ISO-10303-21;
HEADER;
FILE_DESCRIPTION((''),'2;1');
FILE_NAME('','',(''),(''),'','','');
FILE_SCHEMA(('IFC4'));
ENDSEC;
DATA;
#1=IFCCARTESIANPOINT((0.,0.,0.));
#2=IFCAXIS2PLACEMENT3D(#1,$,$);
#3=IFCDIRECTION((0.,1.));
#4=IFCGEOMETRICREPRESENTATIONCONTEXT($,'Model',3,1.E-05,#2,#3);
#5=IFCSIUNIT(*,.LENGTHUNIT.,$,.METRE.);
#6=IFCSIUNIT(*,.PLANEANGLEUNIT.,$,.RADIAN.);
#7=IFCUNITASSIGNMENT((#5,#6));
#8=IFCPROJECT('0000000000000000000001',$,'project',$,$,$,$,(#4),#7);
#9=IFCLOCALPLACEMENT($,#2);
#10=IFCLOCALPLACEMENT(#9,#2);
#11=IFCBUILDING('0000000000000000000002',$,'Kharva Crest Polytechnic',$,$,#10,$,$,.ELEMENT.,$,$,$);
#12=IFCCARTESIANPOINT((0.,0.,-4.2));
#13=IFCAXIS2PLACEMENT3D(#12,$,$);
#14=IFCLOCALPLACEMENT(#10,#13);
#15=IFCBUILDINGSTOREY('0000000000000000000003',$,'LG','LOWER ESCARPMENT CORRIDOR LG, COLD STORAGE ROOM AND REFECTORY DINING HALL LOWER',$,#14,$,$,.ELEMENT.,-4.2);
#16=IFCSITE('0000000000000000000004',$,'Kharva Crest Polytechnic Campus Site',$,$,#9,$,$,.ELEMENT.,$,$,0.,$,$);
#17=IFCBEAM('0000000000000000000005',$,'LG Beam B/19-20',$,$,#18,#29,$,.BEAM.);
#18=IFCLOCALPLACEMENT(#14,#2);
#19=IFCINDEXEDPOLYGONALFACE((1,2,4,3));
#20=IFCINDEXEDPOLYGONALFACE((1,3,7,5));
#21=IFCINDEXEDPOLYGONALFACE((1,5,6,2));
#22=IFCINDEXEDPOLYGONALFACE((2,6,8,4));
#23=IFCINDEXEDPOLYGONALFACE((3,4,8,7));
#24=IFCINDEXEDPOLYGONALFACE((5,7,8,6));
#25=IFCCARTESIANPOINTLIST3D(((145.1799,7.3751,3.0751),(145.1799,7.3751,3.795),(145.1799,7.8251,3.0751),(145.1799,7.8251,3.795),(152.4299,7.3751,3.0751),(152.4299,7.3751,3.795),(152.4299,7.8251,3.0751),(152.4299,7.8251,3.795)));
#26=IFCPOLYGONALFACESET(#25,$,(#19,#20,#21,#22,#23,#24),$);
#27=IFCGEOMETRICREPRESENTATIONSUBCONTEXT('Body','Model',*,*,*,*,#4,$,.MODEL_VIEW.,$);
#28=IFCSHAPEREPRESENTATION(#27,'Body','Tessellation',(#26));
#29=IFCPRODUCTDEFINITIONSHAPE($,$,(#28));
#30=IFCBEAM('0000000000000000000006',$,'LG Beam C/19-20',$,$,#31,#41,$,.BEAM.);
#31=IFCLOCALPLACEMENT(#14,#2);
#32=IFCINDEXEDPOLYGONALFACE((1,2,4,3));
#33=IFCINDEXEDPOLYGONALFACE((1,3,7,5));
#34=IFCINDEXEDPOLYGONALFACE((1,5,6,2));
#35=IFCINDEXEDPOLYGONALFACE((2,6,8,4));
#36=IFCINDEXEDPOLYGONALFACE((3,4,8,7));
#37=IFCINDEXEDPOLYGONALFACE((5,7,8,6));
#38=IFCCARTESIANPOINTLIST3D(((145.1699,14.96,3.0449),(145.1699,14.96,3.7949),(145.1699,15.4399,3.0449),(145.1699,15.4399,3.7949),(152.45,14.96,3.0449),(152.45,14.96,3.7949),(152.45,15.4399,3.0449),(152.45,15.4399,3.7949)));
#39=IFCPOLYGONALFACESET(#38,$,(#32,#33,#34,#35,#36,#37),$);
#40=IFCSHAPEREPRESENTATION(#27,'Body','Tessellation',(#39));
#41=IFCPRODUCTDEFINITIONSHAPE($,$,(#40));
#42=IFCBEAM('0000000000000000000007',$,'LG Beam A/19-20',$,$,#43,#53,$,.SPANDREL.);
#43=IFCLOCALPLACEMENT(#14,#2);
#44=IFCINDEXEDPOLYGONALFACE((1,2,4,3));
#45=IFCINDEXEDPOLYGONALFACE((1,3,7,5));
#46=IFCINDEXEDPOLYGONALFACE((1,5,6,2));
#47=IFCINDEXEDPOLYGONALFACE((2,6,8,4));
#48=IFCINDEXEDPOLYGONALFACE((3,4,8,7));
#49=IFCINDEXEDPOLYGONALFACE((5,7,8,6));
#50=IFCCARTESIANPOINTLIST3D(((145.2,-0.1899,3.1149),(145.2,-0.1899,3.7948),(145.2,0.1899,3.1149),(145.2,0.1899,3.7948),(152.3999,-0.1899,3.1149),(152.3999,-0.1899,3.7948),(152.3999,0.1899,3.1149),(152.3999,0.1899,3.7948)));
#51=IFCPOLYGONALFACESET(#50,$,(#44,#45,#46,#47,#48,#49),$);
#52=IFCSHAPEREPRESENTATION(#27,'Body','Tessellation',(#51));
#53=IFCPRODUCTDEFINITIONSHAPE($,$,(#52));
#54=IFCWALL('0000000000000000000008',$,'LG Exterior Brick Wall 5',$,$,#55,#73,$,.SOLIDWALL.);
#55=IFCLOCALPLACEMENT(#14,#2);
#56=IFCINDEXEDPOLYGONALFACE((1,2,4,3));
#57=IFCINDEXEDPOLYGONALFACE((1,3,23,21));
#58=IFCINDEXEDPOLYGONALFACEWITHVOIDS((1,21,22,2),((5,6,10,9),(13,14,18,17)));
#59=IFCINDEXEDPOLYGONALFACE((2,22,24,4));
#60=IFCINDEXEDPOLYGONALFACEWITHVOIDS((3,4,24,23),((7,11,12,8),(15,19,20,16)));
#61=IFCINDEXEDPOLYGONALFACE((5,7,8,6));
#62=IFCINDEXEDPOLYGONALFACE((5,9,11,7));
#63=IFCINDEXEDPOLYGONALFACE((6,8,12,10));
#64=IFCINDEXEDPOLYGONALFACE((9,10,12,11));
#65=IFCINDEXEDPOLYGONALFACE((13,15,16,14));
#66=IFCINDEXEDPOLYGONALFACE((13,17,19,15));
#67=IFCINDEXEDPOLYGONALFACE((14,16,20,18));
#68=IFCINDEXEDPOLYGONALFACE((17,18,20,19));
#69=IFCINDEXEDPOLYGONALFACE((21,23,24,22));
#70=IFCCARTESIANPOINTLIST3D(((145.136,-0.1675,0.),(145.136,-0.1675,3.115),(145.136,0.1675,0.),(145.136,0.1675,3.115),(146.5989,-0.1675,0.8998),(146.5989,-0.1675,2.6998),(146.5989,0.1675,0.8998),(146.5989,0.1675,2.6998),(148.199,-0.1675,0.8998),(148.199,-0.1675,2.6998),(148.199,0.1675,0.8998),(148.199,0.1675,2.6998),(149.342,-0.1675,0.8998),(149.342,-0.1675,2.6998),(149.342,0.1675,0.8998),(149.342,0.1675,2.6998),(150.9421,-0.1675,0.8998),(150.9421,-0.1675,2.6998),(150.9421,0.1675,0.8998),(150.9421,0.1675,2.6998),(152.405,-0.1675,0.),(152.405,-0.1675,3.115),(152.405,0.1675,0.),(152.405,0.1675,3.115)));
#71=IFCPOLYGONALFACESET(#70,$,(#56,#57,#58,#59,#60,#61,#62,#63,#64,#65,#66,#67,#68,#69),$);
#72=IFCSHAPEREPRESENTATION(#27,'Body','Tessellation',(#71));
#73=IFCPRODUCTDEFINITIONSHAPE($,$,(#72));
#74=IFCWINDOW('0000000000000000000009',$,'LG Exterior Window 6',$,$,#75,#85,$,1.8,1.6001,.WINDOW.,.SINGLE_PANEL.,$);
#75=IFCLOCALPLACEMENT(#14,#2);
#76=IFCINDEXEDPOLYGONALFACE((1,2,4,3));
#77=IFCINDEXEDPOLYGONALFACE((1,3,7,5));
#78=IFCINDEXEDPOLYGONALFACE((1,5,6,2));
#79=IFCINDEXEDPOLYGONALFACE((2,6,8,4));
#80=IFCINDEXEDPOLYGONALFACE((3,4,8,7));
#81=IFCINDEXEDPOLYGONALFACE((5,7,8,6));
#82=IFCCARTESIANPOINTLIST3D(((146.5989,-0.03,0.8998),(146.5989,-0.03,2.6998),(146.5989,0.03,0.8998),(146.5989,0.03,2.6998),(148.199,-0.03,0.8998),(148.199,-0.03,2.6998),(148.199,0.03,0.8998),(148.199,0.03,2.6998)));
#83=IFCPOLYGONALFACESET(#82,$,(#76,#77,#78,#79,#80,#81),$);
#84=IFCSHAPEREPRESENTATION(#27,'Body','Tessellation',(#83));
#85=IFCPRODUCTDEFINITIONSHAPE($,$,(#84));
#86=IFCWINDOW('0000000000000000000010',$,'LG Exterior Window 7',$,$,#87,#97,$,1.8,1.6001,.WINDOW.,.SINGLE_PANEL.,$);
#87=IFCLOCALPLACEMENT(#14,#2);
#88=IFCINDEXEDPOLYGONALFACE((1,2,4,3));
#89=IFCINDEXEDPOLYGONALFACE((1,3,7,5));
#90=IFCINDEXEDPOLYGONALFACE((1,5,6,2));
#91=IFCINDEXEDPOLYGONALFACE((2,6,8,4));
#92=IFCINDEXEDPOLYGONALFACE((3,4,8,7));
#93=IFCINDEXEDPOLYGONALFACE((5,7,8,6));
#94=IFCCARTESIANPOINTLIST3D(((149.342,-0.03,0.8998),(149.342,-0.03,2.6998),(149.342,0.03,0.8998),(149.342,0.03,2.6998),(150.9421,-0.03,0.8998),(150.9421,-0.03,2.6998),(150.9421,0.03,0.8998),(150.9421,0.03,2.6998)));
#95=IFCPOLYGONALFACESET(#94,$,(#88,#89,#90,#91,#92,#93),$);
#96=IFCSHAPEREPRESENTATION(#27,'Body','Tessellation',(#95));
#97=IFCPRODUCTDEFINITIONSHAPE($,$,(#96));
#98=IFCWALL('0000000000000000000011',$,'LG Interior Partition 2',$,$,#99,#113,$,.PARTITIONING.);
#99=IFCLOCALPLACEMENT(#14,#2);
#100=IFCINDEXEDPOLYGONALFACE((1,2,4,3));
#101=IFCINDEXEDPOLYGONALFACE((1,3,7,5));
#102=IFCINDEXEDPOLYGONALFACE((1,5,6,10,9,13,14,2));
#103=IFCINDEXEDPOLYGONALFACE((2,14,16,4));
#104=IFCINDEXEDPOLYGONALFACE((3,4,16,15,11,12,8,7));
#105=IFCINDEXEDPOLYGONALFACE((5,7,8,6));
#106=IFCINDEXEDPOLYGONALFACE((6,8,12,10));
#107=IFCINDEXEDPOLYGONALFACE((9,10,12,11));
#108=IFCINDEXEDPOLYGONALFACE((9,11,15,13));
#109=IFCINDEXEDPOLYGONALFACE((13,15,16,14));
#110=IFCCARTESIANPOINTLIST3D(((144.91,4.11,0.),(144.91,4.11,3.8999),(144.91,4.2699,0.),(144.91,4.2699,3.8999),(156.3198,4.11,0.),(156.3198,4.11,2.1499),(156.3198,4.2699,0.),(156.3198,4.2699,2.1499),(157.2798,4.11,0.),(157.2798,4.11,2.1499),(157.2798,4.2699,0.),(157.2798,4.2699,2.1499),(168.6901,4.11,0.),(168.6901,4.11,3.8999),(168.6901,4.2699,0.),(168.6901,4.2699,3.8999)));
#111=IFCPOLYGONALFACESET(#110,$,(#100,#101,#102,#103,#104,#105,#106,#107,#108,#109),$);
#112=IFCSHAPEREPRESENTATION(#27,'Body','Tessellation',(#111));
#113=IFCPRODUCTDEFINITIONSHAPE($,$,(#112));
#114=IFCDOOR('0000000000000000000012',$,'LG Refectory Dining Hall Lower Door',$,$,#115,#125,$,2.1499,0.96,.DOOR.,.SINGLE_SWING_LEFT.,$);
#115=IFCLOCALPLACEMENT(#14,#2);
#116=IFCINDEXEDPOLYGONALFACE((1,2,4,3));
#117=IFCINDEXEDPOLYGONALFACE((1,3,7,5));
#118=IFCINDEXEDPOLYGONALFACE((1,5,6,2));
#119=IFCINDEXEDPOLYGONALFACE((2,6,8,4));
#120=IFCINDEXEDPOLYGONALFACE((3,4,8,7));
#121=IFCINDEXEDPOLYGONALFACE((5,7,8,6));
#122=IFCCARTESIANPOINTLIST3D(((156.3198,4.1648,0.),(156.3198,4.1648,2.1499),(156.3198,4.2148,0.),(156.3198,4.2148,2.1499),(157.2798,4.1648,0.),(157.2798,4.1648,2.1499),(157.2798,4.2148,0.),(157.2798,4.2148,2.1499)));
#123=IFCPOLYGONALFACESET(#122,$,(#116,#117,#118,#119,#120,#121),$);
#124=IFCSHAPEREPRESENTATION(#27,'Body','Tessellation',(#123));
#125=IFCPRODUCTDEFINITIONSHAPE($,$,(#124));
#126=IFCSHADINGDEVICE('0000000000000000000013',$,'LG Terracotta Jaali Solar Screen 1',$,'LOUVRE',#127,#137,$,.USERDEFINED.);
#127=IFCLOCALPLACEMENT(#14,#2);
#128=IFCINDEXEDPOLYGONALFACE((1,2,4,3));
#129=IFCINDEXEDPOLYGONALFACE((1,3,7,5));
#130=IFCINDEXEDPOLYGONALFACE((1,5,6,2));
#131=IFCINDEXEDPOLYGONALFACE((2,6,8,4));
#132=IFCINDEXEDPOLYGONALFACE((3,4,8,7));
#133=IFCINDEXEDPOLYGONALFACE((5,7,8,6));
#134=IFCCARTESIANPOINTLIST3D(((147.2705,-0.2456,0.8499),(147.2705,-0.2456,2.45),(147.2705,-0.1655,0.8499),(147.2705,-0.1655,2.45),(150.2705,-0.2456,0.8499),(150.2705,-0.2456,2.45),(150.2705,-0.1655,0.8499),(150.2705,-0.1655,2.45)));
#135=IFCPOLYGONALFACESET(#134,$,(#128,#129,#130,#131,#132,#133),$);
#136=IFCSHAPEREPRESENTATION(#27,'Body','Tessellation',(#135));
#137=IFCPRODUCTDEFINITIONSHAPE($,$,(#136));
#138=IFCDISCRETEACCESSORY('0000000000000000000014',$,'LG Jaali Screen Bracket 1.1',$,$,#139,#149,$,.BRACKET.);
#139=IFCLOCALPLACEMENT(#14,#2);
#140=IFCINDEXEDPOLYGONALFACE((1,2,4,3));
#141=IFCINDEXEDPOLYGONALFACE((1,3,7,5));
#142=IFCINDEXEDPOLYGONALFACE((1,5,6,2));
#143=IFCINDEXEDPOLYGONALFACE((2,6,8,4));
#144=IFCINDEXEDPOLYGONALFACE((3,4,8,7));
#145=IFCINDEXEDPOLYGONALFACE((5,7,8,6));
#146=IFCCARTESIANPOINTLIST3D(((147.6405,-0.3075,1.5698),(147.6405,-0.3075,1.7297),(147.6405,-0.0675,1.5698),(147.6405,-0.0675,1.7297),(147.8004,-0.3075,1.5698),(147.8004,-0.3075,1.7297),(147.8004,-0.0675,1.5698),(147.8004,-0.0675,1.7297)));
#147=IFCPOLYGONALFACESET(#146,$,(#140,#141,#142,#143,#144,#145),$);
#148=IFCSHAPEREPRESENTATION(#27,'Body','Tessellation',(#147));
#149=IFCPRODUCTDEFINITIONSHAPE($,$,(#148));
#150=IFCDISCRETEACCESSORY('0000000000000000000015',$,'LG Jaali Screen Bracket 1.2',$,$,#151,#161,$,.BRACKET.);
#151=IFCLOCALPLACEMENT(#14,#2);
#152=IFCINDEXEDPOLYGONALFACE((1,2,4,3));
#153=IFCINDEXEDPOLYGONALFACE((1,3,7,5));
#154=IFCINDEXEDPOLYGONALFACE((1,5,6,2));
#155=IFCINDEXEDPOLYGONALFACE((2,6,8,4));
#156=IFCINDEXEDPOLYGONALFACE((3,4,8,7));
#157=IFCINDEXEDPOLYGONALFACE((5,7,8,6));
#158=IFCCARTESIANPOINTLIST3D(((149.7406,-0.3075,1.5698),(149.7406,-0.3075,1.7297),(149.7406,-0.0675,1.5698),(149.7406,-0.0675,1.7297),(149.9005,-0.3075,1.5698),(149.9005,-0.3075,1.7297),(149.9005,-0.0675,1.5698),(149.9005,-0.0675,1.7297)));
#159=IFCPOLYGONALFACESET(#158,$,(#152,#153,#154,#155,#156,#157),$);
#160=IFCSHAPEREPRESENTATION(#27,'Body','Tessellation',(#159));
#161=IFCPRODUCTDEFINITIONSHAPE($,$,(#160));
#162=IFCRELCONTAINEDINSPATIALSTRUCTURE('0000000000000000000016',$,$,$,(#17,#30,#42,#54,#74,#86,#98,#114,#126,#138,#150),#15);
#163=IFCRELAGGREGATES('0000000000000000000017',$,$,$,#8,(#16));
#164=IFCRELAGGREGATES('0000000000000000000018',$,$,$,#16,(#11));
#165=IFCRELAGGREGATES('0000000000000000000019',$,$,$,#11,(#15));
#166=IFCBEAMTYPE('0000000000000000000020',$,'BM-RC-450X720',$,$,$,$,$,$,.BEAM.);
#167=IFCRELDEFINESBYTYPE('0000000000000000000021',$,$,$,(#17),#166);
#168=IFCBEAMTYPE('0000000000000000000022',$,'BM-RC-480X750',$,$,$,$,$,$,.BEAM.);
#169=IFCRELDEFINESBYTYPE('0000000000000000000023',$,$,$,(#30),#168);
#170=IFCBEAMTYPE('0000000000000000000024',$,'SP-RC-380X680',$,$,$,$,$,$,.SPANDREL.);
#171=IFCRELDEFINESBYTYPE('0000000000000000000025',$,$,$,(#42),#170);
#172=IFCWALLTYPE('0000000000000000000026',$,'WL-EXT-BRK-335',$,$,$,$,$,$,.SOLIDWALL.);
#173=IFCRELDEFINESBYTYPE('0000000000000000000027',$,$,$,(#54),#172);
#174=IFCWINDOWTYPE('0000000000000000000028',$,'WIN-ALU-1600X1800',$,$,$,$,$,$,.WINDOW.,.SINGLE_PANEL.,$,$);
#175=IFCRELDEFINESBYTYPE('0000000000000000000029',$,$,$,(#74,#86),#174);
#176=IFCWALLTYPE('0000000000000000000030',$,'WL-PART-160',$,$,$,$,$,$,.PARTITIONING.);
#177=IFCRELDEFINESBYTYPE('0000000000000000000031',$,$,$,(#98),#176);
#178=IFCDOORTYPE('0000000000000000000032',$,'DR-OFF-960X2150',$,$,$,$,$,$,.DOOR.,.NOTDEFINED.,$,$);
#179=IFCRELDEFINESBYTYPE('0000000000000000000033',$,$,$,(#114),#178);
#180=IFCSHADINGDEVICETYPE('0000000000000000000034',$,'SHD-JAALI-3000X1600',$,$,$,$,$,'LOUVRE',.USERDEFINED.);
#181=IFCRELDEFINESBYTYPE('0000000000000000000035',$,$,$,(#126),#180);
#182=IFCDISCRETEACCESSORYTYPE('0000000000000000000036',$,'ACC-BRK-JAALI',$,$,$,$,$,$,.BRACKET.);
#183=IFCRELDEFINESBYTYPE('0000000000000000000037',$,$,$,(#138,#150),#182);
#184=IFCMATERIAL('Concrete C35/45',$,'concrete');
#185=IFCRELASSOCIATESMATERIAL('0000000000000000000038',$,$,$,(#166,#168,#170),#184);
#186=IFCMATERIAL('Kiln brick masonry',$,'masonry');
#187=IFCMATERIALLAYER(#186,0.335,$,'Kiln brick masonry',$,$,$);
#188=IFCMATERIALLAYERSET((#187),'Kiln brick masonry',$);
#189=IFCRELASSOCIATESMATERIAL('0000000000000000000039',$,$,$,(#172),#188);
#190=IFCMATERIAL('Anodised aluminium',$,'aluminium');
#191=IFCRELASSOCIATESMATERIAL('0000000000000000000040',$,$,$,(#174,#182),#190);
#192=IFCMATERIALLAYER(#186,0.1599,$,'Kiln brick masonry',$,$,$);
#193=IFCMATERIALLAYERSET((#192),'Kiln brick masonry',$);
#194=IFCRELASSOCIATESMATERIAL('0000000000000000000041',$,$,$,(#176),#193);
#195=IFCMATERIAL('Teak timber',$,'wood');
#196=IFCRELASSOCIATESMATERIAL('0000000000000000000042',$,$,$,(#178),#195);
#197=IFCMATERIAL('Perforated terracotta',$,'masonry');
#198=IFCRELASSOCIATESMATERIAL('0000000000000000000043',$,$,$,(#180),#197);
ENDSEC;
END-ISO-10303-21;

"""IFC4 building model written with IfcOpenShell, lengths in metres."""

from ifc_helpers import new_model, si_unit, direction, frame, frame_2d, origin, origin_2d, place, context, subcontext, project, spatial, rectangle, extrude, material, layer, layer_set, material_profile, profile_set, type_object, element, fill, save


model = new_model("IFC4")

# Units and contexts
model_context = context("Model", 3, precision=1e-05, world=origin(), true_north=direction((0.0, 1.0)))
body_context = subcontext(model_context, "Body", "Model", "MODEL_VIEW")
ifc_project = project(units=[si_unit("LENGTHUNIT", "METRE"), si_unit("PLANEANGLEUNIT", "RADIAN")], contexts=[model_context])

# Site, building, storey
site_placement = place(None, origin())
site = spatial("IfcSite", under=ifc_project, at=site_placement, Name="Kharva Crest Polytechnic Campus Site", CompositionType="ELEMENT", RefElevation=0.0)
building_placement = place(site_placement, origin())
building = spatial("IfcBuilding", under=site, at=building_placement, Name="Kharva Crest Polytechnic", CompositionType="ELEMENT")
storey_placement = place(building_placement, frame((0.0, 0.0, -4.2)))
storey = spatial("IfcBuildingStorey", under=building, at=storey_placement, Name="LG", Description="LOWER ESCARPMENT CORRIDOR LG, COLD STORAGE ROOM AND REFECTORY DINING HALL LOWER", CompositionType="ELEMENT", Elevation=-4.2)

# Shared definitions
ifc_material_1 = material(Name="Concrete C35/45", Category="concrete")

# Beams
ifc_material_profile_1 = material_profile(ifc_material_1, rectangle(XDim=0.45, YDim=0.72, at=origin_2d()), Name="RECT 450 X 720")
ifc_profile_set_1 = profile_set([ifc_material_profile_1], Name="Concrete C35/45")
beam_type_1 = type_object("IfcBeamType", Name="BM-RC-450X720", PredefinedType="BEAM", material=ifc_profile_set_1)
beam_1_placement = place(storey_placement, frame((145.1799, 7.6001, 3.4351), z_axis=(1.0, 0.0, 0.0), x_axis=(0.0, 1.0, 0.0)))
element("IfcBeam", 1, at=beam_1_placement, inside=storey, type_object=beam_type_1, Name="LG Beam B/19-20", PredefinedType="BEAM", context=body_context, shape_type="SweptSolid", body=[
    extrude(rectangle(XDim=0.45, YDim=0.72, at=origin_2d()), origin(), (0.0, 0.0, 1.0), 7.25),
])
ifc_material_profile_2 = material_profile(ifc_material_1, rectangle(XDim=0.48, YDim=0.75, at=origin_2d()), Name="RECT 480 X 750")
ifc_profile_set_2 = profile_set([ifc_material_profile_2], Name="Concrete C35/45")
beam_type_2 = type_object("IfcBeamType", Name="BM-RC-480X750", PredefinedType="BEAM", material=ifc_profile_set_2)
beam_2_placement = place(storey_placement, frame((145.1699, 15.2, 3.4199), z_axis=(1.0, 0.0, 0.0), x_axis=(0.0, 1.0, 0.0)))
element("IfcBeam", 2, at=beam_2_placement, inside=storey, type_object=beam_type_2, Name="LG Beam C/19-20", PredefinedType="BEAM", context=body_context, shape_type="SweptSolid", body=[
    extrude(rectangle(XDim=0.48, YDim=0.75, at=origin_2d()), origin(), (0.0, 0.0, 1.0), 7.28),
])
ifc_material_profile_3 = material_profile(ifc_material_1, rectangle(XDim=0.3799, YDim=0.6799, at=origin_2d()), Name="RECT 380 X 680")
ifc_profile_set_3 = profile_set([ifc_material_profile_3], Name="Concrete C35/45")
beam_type_3 = type_object("IfcBeamType", Name="SP-RC-380X680", PredefinedType="SPANDREL", material=ifc_profile_set_3)
beam_3_placement = place(storey_placement, frame((145.2, 0.0, 3.4548), z_axis=(1.0, 0.0, 0.0), x_axis=(0.0, 1.0, 0.0)))
element("IfcBeam", 3, at=beam_3_placement, inside=storey, type_object=beam_type_3, Name="LG Beam A/19-20", PredefinedType="SPANDREL", context=body_context, shape_type="SweptSolid", body=[
    extrude(rectangle(XDim=0.3799, YDim=0.6799, at=origin_2d()), origin(), (0.0, 0.0, 1.0), 7.2),
])

# Wall, openings, windows
ifc_material_2 = material(Name="Kiln brick masonry", Category="masonry")
ifc_layer_1 = layer(ifc_material_2, 0.335, Name="Kiln brick masonry")
ifc_layer_set_1 = layer_set([ifc_layer_1], Name="Kiln brick masonry")
wall_type_1 = type_object("IfcWallType", Name="WL-EXT-BRK-335", PredefinedType="SOLIDWALL", material=ifc_layer_set_1)
wall_1_placement = place(storey_placement, frame((145.136, 0.0, 0.0), z_axis=(0.0, 0.0, 1.0), x_axis=(1.0, 0.0, 0.0)))
wall_1 = element("IfcWall", 4, at=wall_1_placement, inside=storey, type_object=wall_type_1, Name="LG Exterior Brick Wall 5", PredefinedType="SOLIDWALL", context=body_context, shape_type="SweptSolid", body=[
    extrude(rectangle(XDim=7.269, YDim=0.335, at=frame_2d((3.6345, 0.0))), origin(), (0.0, 0.0, 1.0), 3.115),
])
opening_1_placement = place(wall_1_placement, frame((1.4629, 0.0, 0.8999)))
opening_1 = element("IfcOpeningElement", 5, at=opening_1_placement, cuts=wall_1, PredefinedType="OPENING", context=body_context, shape_type="SweptSolid", body=[
    extrude(rectangle(XDim=1.6001, YDim=1.8, at=frame_2d((0.8, 0.8999))), frame((0.0, 0.1775, 0.0), z_axis=(0.0, -1.0, 0.0), x_axis=(1.0, 0.0, 0.0)), (0.0, 0.0, 1.0), 0.355),
])
opening_2_placement = place(wall_1_placement, frame((4.2061, 0.0, 0.8999)))
opening_2 = element("IfcOpeningElement", 6, at=opening_2_placement, cuts=wall_1, PredefinedType="OPENING", context=body_context, shape_type="SweptSolid", body=[
    extrude(rectangle(XDim=1.6001, YDim=1.8, at=frame_2d((0.8, 0.8999))), frame((0.0, 0.1775, 0.0), z_axis=(0.0, -1.0, 0.0), x_axis=(1.0, 0.0, 0.0)), (0.0, 0.0, 1.0), 0.355),
])
ifc_material_3 = material(Name="Anodised aluminium", Category="aluminium")
window_type = type_object("IfcWindowType", Name="WIN-ALU-1600X1800", PartitioningType="SINGLE_PANEL", PredefinedType="WINDOW", material=ifc_material_3)
window_1_placement = place(opening_1_placement, origin())
window_1 = element("IfcWindow", 7, at=window_1_placement, inside=storey, type_object=window_type, Name="LG Exterior Window 6", OverallHeight=1.8, OverallWidth=1.6001, PartitioningType="SINGLE_PANEL", PredefinedType="WINDOW", context=body_context, shape_type="SweptSolid", body=[
    extrude(rectangle(XDim=1.6001, YDim=1.8, at=frame_2d((0.8, 0.8999))), frame((0.0, 0.03, 0.0), z_axis=(0.0, -1.0, 0.0), x_axis=(1.0, 0.0, 0.0)), (0.0, 0.0, 1.0), 0.0601),
])
fill(opening_1, window_1)
window_2_placement = place(opening_2_placement, origin())
window_2 = element("IfcWindow", 8, at=window_2_placement, inside=storey, type_object=window_type, Name="LG Exterior Window 7", OverallHeight=1.8, OverallWidth=1.6001, PartitioningType="SINGLE_PANEL", PredefinedType="WINDOW", context=body_context, shape_type="SweptSolid", body=[
    extrude(rectangle(XDim=1.6001, YDim=1.8, at=frame_2d((0.8, 0.8999))), frame((0.0, 0.03, 0.0), z_axis=(0.0, -1.0, 0.0), x_axis=(1.0, 0.0, 0.0)), (0.0, 0.0, 1.0), 0.0601),
])
fill(opening_2, window_2)

# Wall, opening, door
ifc_layer_2 = layer(ifc_material_2, 0.1599, Name="Kiln brick masonry")
ifc_layer_set_2 = layer_set([ifc_layer_2], Name="Kiln brick masonry")
wall_type_2 = type_object("IfcWallType", Name="WL-PART-160", PredefinedType="PARTITIONING", material=ifc_layer_set_2)
wall_2_placement = place(storey_placement, frame((144.9099, 4.1899, 0.0), z_axis=(0.0, 0.0, 1.0), x_axis=(1.0, 0.0, 0.0)))
wall_2 = element("IfcWall", 9, at=wall_2_placement, inside=storey, type_object=wall_type_2, Name="LG Interior Partition 2", PredefinedType="PARTITIONING", context=body_context, shape_type="SweptSolid", body=[
    extrude(rectangle(XDim=23.78, YDim=0.1599, at=frame_2d((11.8901, 0.0))), origin(), (0.0, 0.0, 1.0), 3.8999),
])
opening_3_placement = place(wall_2_placement, frame((11.4099, 0.0, 0.0)))
opening_3 = element("IfcOpeningElement", 10, at=opening_3_placement, cuts=wall_2, PredefinedType="OPENING", context=body_context, shape_type="SweptSolid", body=[
    extrude(rectangle(XDim=0.96, YDim=2.1499, at=frame_2d((0.48, 1.075))), frame((0.0, 0.0898, 0.0), z_axis=(0.0, -1.0, 0.0), x_axis=(1.0, 0.0, 0.0)), (0.0, 0.0, 1.0), 0.1799),
])
ifc_material_4 = material(Name="Teak timber", Category="wood")
door_type = type_object("IfcDoorType", Name="DR-OFF-960X2150", OperationType="NOTDEFINED", PredefinedType="DOOR", material=ifc_material_4)
door_placement = place(opening_3_placement, origin())
door = element("IfcDoor", 11, at=door_placement, inside=storey, type_object=door_type, Name="LG Refectory Dining Hall Lower Door", OperationType="SINGLE_SWING_LEFT", OverallHeight=2.1499, OverallWidth=0.96, PredefinedType="DOOR", context=body_context, shape_type="SweptSolid", body=[
    extrude(rectangle(XDim=0.96, YDim=2.1499, at=frame_2d((0.48, 1.075))), frame((0.0, 0.0249, 0.0), z_axis=(0.0, -1.0, 0.0), x_axis=(1.0, 0.0, 0.0)), (0.0, 0.0, 1.0), 0.05),
])
fill(opening_3, door)

# Shading device
ifc_material_5 = material(Name="Perforated terracotta", Category="masonry")
shading_device_type = type_object("IfcShadingDeviceType", Name="SHD-JAALI-3000X1600", ElementType="LOUVRE", PredefinedType="USERDEFINED", material=ifc_material_5)
shading_device_placement = place(storey_placement, frame((148.7705, -0.2056, 0.8499), z_axis=(0.0, 0.0, 1.0), x_axis=(1.0, 0.0, 0.0)))
element("IfcShadingDevice", 12, at=shading_device_placement, inside=storey, type_object=shading_device_type, Name="LG Terracotta Jaali Solar Screen 1", ObjectType="LOUVRE", PredefinedType="USERDEFINED", context=body_context, shape_type="SweptSolid", body=[
    extrude(rectangle(XDim=3.0, YDim=0.0801, at=origin_2d()), origin(), (0.0, 0.0, 1.0), 1.6001),
])

# Discrete accessories
discrete_accessory_type = type_object("IfcDiscreteAccessoryType", Name="ACC-BRK-JAALI", PredefinedType="BRACKET", material=ifc_material_3)
for number, where, z_axis, x_axis, name in (
    (13, (147.7205, -0.1875, 1.5698), (0.0, 0.0, 1.0), (1.0, 0.0, 0.0), "LG Jaali Screen Bracket 1.1"),
    (14, (149.8206, -0.1875, 1.5698), (0.0, 0.0, 1.0), (1.0, 0.0, 0.0), "LG Jaali Screen Bracket 1.2"),
):
    element("IfcDiscreteAccessory", number, at=place(storey_placement, frame(where, z_axis=z_axis, x_axis=x_axis)), inside=storey, type_object=discrete_accessory_type, Name=name, PredefinedType="BRACKET", context=body_context, shape_type="SweptSolid", body=[
        extrude(rectangle(XDim=0.1599, YDim=0.24, at=origin_2d()), origin(), (0.0, 0.0, 1.0), 0.1599),
    ])

save(model, "model.ifc")
